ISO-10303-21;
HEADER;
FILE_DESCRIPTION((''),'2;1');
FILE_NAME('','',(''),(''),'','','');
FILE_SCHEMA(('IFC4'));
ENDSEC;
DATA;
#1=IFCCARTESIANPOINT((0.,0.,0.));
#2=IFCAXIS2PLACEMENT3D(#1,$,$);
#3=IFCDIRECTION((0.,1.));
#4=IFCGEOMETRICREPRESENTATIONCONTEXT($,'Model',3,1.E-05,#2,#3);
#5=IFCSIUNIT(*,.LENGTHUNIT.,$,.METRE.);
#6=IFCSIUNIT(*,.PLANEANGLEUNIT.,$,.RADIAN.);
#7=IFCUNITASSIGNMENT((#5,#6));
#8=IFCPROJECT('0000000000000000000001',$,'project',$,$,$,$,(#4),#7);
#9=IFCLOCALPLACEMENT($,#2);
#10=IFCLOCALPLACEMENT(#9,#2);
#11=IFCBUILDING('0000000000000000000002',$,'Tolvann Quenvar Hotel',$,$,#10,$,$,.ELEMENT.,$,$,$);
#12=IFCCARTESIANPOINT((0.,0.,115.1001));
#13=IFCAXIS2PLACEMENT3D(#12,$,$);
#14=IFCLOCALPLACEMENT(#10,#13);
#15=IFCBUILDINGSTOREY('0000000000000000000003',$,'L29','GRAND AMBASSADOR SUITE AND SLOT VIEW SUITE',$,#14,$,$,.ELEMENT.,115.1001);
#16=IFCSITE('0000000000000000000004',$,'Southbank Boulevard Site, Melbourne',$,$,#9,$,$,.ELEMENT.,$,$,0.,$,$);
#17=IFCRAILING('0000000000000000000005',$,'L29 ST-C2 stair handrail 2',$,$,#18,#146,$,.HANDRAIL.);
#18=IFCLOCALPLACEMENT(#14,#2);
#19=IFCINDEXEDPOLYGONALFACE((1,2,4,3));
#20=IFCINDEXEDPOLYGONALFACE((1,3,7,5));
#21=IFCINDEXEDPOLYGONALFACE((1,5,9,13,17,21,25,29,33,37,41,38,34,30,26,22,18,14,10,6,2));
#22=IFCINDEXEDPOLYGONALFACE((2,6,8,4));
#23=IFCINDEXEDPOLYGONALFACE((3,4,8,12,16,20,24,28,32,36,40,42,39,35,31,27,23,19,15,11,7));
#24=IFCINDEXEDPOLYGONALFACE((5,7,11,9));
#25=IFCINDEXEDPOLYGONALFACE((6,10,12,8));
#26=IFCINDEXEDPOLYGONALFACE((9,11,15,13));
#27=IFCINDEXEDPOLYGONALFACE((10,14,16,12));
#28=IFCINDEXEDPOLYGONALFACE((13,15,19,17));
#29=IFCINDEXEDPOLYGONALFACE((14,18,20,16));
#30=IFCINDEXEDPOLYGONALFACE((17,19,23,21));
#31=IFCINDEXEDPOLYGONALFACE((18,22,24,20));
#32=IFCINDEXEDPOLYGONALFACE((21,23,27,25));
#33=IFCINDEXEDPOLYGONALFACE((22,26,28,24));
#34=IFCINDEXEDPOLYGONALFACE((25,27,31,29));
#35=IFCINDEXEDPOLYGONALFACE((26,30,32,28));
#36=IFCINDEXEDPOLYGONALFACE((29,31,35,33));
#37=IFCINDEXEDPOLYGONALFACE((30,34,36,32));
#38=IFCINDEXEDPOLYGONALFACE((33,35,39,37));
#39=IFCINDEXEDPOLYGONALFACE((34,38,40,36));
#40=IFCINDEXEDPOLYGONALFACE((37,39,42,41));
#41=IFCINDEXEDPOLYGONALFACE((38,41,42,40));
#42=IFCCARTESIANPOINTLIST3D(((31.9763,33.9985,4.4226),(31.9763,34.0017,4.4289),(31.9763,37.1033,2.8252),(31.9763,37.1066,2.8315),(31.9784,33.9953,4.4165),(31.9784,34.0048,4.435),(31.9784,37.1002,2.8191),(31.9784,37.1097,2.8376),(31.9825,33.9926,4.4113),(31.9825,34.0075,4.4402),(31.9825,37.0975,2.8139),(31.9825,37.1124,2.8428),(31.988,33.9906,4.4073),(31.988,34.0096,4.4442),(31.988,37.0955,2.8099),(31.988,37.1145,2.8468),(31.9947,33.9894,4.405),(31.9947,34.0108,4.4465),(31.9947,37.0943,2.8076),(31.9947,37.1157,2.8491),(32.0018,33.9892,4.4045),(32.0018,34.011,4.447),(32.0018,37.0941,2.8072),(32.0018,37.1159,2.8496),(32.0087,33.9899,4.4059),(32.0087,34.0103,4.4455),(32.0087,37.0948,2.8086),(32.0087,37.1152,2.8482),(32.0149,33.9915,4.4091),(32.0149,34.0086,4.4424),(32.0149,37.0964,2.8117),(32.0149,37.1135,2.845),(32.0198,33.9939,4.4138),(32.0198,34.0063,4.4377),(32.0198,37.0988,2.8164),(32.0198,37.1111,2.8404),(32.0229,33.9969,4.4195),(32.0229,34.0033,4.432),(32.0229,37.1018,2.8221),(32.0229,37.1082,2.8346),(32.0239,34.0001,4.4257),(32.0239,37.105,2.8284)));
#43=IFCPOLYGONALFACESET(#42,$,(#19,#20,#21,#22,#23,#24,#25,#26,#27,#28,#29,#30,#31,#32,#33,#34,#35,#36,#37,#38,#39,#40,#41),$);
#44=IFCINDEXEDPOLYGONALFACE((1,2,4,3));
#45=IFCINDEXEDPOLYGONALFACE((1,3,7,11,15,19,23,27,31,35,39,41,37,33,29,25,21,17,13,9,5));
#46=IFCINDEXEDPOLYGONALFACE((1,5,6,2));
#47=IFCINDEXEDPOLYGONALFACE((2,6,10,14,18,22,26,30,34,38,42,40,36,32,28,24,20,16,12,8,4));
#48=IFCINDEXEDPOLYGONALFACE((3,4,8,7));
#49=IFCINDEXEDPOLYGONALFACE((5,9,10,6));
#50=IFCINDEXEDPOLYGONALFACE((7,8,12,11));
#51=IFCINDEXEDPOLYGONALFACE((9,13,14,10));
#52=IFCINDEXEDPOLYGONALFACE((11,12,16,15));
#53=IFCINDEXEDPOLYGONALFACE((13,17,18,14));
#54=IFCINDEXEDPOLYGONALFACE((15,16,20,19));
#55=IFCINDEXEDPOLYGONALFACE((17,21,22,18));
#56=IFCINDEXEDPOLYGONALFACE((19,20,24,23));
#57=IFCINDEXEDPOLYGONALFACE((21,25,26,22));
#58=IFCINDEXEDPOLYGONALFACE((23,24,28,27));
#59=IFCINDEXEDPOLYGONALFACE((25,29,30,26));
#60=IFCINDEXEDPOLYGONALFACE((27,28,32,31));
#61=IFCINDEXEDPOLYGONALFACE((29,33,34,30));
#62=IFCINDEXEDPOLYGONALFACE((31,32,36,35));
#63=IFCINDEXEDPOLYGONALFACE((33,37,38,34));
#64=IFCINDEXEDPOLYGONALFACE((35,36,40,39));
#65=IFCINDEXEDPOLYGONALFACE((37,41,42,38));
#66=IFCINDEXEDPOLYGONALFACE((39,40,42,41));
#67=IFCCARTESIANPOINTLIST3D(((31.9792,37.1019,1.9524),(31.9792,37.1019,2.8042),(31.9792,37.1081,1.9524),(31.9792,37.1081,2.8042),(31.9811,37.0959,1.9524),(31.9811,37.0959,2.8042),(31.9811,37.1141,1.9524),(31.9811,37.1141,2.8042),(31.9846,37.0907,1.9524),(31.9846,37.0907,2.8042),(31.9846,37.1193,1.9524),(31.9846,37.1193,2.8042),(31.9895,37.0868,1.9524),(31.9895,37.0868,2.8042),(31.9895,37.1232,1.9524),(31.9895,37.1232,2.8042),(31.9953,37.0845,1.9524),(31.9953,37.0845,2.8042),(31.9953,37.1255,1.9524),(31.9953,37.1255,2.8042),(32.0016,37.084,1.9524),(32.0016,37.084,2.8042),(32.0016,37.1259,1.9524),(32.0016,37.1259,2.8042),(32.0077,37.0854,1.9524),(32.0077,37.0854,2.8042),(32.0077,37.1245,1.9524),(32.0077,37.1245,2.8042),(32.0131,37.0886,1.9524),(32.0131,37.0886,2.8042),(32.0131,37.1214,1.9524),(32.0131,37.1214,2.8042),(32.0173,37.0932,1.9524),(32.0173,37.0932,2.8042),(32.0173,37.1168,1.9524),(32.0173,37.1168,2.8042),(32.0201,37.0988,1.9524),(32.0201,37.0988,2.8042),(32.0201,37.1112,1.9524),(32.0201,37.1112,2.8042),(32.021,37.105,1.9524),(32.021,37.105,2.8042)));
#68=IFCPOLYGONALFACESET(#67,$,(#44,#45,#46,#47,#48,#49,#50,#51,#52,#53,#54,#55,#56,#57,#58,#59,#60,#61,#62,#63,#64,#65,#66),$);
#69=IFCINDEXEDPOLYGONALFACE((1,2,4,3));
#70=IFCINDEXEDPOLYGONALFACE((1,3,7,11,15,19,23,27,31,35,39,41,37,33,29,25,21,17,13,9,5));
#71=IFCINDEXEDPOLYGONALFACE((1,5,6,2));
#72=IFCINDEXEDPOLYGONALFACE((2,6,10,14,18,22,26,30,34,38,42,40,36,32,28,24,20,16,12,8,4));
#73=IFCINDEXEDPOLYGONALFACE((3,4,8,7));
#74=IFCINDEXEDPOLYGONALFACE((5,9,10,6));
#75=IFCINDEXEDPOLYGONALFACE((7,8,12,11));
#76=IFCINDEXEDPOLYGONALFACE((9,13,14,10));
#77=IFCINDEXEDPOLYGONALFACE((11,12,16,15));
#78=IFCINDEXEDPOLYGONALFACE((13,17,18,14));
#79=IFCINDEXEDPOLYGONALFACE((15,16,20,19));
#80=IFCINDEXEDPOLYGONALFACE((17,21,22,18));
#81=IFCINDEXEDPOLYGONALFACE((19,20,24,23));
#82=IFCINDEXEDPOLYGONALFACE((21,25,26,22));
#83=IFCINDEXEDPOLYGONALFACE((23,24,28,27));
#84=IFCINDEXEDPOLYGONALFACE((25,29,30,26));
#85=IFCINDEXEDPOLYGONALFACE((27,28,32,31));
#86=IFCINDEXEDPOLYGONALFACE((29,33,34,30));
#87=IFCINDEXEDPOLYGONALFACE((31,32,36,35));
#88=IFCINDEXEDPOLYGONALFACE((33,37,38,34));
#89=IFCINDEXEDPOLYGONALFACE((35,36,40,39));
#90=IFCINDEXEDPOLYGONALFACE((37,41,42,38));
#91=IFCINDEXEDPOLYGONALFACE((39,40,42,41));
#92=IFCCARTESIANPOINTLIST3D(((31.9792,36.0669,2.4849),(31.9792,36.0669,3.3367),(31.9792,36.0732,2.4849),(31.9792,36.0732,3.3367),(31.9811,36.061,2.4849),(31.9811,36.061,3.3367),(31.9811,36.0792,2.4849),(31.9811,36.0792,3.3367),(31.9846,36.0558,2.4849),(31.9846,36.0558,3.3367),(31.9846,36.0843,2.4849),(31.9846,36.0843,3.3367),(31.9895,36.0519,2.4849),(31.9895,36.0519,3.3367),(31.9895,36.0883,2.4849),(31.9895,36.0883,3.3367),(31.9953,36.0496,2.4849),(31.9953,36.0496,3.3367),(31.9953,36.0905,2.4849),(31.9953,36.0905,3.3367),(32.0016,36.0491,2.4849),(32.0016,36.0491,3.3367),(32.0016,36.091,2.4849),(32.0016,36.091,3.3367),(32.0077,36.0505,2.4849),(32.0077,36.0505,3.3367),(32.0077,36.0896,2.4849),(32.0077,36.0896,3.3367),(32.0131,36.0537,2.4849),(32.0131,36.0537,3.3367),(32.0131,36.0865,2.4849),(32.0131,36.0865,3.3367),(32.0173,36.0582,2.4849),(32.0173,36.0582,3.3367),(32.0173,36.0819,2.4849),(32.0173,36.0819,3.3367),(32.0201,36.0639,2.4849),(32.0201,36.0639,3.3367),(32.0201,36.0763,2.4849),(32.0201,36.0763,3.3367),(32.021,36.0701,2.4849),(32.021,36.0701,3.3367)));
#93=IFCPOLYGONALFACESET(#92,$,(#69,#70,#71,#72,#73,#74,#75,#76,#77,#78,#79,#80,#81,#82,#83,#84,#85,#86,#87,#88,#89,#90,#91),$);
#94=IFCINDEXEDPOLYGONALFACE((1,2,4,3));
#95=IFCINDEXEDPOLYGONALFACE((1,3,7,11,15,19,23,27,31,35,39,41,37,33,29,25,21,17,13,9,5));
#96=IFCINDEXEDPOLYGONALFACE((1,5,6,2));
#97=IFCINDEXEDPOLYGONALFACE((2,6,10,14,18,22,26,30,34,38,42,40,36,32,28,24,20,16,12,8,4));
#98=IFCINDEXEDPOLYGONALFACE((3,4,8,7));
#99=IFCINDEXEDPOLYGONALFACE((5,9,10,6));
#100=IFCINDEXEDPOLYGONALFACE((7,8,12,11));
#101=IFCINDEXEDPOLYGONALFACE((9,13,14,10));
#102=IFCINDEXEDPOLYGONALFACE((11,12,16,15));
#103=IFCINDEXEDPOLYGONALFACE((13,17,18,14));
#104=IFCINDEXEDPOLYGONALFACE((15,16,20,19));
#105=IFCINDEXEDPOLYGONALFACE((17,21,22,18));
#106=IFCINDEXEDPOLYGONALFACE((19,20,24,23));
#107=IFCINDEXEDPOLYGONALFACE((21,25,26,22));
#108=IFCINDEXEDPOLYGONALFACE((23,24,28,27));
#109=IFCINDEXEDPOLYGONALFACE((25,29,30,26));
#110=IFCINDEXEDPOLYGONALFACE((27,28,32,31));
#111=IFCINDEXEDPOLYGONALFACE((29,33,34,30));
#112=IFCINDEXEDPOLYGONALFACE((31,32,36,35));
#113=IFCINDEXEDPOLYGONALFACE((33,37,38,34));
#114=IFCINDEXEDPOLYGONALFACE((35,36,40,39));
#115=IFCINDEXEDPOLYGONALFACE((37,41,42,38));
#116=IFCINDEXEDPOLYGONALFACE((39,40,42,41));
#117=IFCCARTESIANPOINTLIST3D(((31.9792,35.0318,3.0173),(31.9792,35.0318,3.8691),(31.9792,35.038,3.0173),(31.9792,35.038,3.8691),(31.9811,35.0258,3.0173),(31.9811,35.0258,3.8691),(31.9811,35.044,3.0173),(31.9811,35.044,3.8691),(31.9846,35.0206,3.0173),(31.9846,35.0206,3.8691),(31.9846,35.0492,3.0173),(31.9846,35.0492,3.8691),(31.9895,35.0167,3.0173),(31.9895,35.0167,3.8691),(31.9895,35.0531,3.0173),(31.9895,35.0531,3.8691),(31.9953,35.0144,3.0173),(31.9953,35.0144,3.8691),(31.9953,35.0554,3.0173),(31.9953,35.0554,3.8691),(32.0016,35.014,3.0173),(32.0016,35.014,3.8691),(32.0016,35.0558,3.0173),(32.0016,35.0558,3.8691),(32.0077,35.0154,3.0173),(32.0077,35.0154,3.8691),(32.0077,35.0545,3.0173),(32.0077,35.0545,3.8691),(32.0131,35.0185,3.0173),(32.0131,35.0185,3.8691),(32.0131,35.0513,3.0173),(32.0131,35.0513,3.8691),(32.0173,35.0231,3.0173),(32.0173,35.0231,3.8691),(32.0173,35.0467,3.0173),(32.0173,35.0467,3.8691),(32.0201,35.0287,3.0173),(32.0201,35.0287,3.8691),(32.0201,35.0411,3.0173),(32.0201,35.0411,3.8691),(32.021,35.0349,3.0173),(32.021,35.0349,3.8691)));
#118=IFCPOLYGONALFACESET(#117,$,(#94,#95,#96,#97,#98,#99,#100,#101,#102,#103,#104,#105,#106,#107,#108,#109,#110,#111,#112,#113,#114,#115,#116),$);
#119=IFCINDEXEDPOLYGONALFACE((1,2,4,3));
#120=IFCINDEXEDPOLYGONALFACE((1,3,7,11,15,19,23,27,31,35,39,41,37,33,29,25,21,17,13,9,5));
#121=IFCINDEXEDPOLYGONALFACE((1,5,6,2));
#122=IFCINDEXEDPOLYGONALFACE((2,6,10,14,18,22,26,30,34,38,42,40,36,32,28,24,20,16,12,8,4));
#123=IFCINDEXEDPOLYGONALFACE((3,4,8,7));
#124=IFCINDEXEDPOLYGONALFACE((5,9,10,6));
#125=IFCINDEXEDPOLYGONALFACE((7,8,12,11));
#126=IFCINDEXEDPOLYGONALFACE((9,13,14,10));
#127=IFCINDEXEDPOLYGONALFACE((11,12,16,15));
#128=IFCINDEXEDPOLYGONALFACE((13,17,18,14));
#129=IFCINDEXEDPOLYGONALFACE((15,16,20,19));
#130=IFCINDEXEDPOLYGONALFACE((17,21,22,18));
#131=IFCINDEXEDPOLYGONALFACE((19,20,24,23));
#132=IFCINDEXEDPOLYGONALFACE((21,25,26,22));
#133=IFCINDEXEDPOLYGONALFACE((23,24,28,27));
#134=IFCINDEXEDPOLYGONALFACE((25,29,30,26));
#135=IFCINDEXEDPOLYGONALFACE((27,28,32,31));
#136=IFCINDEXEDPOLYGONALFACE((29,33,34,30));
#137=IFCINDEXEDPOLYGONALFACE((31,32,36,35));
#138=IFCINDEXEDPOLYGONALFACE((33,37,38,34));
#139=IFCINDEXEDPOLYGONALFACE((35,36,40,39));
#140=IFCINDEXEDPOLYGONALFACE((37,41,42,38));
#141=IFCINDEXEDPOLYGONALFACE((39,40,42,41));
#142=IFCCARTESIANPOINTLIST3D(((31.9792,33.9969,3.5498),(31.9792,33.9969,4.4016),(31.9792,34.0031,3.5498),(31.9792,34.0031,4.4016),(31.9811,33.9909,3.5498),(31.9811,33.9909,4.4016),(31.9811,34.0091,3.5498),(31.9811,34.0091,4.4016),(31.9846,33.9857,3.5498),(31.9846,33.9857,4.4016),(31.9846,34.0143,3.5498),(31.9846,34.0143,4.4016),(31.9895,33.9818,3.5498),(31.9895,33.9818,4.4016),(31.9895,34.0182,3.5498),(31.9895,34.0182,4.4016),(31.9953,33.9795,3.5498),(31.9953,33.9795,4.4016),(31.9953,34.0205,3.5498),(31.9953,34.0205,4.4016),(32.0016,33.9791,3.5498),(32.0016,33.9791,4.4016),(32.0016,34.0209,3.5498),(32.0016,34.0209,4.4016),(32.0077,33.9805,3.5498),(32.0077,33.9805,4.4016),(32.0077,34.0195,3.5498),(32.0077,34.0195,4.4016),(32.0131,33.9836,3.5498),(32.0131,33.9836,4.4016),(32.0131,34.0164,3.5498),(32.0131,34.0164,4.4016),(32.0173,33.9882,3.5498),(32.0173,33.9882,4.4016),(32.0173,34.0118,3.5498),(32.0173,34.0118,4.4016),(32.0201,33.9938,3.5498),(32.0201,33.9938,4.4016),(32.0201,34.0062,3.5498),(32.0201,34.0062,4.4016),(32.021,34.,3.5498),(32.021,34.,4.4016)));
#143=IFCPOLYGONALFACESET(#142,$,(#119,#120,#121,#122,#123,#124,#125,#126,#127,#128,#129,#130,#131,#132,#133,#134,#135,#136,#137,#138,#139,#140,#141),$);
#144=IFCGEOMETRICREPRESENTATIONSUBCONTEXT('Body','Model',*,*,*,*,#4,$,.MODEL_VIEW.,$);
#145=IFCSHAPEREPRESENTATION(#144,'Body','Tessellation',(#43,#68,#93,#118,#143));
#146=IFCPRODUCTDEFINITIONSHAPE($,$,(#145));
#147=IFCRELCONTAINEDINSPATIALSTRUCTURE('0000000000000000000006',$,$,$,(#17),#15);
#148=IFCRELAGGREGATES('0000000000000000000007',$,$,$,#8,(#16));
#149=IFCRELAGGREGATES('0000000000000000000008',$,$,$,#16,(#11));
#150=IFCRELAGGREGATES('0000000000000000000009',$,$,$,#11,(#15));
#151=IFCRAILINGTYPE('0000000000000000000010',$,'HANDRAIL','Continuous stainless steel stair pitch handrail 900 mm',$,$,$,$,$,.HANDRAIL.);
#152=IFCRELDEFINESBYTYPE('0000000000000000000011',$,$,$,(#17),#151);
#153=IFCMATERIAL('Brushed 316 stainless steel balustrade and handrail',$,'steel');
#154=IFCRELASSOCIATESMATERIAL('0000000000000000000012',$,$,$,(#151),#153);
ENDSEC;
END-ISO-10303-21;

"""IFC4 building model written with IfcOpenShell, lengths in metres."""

from ifc_helpers import new_model, si_unit, direction, frame, origin, origin_2d, place, context, subcontext, project, spatial, circle, extrude, material, type_object, element, save


model = new_model("IFC4")

# Units and contexts
model_context = context("Model", 3, precision=1e-05, world=origin(), true_north=direction((0.0, 1.0)))
body_context = subcontext(model_context, "Body", "Model", "MODEL_VIEW")
ifc_project = project(units=[si_unit("LENGTHUNIT", "METRE"), si_unit("PLANEANGLEUNIT", "RADIAN")], contexts=[model_context])

# Site, building, storey
site_placement = place(None, origin())
site = spatial("IfcSite", under=ifc_project, at=site_placement, Name="Southbank Boulevard Site, Melbourne", CompositionType="ELEMENT", RefElevation=0.0)
building_placement = place(site_placement, origin())
building = spatial("IfcBuilding", under=site, at=building_placement, Name="Tolvann Quenvar Hotel", CompositionType="ELEMENT")
storey_placement = place(building_placement, frame((0.0, 0.0, 115.1001)))
storey = spatial("IfcBuildingStorey", under=building, at=storey_placement, Name="L29", Description="GRAND AMBASSADOR SUITE AND SLOT VIEW SUITE", CompositionType="ELEMENT", Elevation=115.1001)

# Railing
ifc_material_1 = material(Name="Brushed 316 stainless steel balustrade and handrail", Category="steel")
railing_type_1 = type_object("IfcRailingType", Name="HANDRAIL", Description="Continuous stainless steel stair pitch handrail 900 mm", PredefinedType="HANDRAIL", material=ifc_material_1)
railing_1_placement = place(storey_placement, frame((32.0, 37.105, 1.9524)))
element("IfcRailing", 1, at=railing_1_placement, inside=storey, type_object=railing_type_1, Name="L29 ST-C2 stair handrail 2", PredefinedType="HANDRAIL", context=body_context, shape_type="SweptSolid", body=[
    extrude(circle(Radius=0.0239, at=origin_2d()), frame((0.0, 0.0, 0.876), z_axis=(0.0, -0.889222, 0.457476), x_axis=(1.0, 0.0, 0.0)), (0.0, 0.0, 1.0), 3.4917),
    extrude(circle(Radius=0.021, at=origin_2d()), origin(), (0.0, 0.0, 1.0), 0.8518),
    extrude(circle(Radius=0.021, at=origin_2d()), frame((0.0, -1.0349, 0.5325)), (0.0, 0.0, 1.0), 0.8518),
    extrude(circle(Radius=0.021, at=origin_2d()), frame((0.0, -2.0701, 1.0649)), (0.0, 0.0, 1.0), 0.8518),
    extrude(circle(Radius=0.021, at=origin_2d()), frame((0.0, -3.105, 1.5974)), (0.0, 0.0, 1.0), 0.8518),
])

save(model, "model.ifc")
